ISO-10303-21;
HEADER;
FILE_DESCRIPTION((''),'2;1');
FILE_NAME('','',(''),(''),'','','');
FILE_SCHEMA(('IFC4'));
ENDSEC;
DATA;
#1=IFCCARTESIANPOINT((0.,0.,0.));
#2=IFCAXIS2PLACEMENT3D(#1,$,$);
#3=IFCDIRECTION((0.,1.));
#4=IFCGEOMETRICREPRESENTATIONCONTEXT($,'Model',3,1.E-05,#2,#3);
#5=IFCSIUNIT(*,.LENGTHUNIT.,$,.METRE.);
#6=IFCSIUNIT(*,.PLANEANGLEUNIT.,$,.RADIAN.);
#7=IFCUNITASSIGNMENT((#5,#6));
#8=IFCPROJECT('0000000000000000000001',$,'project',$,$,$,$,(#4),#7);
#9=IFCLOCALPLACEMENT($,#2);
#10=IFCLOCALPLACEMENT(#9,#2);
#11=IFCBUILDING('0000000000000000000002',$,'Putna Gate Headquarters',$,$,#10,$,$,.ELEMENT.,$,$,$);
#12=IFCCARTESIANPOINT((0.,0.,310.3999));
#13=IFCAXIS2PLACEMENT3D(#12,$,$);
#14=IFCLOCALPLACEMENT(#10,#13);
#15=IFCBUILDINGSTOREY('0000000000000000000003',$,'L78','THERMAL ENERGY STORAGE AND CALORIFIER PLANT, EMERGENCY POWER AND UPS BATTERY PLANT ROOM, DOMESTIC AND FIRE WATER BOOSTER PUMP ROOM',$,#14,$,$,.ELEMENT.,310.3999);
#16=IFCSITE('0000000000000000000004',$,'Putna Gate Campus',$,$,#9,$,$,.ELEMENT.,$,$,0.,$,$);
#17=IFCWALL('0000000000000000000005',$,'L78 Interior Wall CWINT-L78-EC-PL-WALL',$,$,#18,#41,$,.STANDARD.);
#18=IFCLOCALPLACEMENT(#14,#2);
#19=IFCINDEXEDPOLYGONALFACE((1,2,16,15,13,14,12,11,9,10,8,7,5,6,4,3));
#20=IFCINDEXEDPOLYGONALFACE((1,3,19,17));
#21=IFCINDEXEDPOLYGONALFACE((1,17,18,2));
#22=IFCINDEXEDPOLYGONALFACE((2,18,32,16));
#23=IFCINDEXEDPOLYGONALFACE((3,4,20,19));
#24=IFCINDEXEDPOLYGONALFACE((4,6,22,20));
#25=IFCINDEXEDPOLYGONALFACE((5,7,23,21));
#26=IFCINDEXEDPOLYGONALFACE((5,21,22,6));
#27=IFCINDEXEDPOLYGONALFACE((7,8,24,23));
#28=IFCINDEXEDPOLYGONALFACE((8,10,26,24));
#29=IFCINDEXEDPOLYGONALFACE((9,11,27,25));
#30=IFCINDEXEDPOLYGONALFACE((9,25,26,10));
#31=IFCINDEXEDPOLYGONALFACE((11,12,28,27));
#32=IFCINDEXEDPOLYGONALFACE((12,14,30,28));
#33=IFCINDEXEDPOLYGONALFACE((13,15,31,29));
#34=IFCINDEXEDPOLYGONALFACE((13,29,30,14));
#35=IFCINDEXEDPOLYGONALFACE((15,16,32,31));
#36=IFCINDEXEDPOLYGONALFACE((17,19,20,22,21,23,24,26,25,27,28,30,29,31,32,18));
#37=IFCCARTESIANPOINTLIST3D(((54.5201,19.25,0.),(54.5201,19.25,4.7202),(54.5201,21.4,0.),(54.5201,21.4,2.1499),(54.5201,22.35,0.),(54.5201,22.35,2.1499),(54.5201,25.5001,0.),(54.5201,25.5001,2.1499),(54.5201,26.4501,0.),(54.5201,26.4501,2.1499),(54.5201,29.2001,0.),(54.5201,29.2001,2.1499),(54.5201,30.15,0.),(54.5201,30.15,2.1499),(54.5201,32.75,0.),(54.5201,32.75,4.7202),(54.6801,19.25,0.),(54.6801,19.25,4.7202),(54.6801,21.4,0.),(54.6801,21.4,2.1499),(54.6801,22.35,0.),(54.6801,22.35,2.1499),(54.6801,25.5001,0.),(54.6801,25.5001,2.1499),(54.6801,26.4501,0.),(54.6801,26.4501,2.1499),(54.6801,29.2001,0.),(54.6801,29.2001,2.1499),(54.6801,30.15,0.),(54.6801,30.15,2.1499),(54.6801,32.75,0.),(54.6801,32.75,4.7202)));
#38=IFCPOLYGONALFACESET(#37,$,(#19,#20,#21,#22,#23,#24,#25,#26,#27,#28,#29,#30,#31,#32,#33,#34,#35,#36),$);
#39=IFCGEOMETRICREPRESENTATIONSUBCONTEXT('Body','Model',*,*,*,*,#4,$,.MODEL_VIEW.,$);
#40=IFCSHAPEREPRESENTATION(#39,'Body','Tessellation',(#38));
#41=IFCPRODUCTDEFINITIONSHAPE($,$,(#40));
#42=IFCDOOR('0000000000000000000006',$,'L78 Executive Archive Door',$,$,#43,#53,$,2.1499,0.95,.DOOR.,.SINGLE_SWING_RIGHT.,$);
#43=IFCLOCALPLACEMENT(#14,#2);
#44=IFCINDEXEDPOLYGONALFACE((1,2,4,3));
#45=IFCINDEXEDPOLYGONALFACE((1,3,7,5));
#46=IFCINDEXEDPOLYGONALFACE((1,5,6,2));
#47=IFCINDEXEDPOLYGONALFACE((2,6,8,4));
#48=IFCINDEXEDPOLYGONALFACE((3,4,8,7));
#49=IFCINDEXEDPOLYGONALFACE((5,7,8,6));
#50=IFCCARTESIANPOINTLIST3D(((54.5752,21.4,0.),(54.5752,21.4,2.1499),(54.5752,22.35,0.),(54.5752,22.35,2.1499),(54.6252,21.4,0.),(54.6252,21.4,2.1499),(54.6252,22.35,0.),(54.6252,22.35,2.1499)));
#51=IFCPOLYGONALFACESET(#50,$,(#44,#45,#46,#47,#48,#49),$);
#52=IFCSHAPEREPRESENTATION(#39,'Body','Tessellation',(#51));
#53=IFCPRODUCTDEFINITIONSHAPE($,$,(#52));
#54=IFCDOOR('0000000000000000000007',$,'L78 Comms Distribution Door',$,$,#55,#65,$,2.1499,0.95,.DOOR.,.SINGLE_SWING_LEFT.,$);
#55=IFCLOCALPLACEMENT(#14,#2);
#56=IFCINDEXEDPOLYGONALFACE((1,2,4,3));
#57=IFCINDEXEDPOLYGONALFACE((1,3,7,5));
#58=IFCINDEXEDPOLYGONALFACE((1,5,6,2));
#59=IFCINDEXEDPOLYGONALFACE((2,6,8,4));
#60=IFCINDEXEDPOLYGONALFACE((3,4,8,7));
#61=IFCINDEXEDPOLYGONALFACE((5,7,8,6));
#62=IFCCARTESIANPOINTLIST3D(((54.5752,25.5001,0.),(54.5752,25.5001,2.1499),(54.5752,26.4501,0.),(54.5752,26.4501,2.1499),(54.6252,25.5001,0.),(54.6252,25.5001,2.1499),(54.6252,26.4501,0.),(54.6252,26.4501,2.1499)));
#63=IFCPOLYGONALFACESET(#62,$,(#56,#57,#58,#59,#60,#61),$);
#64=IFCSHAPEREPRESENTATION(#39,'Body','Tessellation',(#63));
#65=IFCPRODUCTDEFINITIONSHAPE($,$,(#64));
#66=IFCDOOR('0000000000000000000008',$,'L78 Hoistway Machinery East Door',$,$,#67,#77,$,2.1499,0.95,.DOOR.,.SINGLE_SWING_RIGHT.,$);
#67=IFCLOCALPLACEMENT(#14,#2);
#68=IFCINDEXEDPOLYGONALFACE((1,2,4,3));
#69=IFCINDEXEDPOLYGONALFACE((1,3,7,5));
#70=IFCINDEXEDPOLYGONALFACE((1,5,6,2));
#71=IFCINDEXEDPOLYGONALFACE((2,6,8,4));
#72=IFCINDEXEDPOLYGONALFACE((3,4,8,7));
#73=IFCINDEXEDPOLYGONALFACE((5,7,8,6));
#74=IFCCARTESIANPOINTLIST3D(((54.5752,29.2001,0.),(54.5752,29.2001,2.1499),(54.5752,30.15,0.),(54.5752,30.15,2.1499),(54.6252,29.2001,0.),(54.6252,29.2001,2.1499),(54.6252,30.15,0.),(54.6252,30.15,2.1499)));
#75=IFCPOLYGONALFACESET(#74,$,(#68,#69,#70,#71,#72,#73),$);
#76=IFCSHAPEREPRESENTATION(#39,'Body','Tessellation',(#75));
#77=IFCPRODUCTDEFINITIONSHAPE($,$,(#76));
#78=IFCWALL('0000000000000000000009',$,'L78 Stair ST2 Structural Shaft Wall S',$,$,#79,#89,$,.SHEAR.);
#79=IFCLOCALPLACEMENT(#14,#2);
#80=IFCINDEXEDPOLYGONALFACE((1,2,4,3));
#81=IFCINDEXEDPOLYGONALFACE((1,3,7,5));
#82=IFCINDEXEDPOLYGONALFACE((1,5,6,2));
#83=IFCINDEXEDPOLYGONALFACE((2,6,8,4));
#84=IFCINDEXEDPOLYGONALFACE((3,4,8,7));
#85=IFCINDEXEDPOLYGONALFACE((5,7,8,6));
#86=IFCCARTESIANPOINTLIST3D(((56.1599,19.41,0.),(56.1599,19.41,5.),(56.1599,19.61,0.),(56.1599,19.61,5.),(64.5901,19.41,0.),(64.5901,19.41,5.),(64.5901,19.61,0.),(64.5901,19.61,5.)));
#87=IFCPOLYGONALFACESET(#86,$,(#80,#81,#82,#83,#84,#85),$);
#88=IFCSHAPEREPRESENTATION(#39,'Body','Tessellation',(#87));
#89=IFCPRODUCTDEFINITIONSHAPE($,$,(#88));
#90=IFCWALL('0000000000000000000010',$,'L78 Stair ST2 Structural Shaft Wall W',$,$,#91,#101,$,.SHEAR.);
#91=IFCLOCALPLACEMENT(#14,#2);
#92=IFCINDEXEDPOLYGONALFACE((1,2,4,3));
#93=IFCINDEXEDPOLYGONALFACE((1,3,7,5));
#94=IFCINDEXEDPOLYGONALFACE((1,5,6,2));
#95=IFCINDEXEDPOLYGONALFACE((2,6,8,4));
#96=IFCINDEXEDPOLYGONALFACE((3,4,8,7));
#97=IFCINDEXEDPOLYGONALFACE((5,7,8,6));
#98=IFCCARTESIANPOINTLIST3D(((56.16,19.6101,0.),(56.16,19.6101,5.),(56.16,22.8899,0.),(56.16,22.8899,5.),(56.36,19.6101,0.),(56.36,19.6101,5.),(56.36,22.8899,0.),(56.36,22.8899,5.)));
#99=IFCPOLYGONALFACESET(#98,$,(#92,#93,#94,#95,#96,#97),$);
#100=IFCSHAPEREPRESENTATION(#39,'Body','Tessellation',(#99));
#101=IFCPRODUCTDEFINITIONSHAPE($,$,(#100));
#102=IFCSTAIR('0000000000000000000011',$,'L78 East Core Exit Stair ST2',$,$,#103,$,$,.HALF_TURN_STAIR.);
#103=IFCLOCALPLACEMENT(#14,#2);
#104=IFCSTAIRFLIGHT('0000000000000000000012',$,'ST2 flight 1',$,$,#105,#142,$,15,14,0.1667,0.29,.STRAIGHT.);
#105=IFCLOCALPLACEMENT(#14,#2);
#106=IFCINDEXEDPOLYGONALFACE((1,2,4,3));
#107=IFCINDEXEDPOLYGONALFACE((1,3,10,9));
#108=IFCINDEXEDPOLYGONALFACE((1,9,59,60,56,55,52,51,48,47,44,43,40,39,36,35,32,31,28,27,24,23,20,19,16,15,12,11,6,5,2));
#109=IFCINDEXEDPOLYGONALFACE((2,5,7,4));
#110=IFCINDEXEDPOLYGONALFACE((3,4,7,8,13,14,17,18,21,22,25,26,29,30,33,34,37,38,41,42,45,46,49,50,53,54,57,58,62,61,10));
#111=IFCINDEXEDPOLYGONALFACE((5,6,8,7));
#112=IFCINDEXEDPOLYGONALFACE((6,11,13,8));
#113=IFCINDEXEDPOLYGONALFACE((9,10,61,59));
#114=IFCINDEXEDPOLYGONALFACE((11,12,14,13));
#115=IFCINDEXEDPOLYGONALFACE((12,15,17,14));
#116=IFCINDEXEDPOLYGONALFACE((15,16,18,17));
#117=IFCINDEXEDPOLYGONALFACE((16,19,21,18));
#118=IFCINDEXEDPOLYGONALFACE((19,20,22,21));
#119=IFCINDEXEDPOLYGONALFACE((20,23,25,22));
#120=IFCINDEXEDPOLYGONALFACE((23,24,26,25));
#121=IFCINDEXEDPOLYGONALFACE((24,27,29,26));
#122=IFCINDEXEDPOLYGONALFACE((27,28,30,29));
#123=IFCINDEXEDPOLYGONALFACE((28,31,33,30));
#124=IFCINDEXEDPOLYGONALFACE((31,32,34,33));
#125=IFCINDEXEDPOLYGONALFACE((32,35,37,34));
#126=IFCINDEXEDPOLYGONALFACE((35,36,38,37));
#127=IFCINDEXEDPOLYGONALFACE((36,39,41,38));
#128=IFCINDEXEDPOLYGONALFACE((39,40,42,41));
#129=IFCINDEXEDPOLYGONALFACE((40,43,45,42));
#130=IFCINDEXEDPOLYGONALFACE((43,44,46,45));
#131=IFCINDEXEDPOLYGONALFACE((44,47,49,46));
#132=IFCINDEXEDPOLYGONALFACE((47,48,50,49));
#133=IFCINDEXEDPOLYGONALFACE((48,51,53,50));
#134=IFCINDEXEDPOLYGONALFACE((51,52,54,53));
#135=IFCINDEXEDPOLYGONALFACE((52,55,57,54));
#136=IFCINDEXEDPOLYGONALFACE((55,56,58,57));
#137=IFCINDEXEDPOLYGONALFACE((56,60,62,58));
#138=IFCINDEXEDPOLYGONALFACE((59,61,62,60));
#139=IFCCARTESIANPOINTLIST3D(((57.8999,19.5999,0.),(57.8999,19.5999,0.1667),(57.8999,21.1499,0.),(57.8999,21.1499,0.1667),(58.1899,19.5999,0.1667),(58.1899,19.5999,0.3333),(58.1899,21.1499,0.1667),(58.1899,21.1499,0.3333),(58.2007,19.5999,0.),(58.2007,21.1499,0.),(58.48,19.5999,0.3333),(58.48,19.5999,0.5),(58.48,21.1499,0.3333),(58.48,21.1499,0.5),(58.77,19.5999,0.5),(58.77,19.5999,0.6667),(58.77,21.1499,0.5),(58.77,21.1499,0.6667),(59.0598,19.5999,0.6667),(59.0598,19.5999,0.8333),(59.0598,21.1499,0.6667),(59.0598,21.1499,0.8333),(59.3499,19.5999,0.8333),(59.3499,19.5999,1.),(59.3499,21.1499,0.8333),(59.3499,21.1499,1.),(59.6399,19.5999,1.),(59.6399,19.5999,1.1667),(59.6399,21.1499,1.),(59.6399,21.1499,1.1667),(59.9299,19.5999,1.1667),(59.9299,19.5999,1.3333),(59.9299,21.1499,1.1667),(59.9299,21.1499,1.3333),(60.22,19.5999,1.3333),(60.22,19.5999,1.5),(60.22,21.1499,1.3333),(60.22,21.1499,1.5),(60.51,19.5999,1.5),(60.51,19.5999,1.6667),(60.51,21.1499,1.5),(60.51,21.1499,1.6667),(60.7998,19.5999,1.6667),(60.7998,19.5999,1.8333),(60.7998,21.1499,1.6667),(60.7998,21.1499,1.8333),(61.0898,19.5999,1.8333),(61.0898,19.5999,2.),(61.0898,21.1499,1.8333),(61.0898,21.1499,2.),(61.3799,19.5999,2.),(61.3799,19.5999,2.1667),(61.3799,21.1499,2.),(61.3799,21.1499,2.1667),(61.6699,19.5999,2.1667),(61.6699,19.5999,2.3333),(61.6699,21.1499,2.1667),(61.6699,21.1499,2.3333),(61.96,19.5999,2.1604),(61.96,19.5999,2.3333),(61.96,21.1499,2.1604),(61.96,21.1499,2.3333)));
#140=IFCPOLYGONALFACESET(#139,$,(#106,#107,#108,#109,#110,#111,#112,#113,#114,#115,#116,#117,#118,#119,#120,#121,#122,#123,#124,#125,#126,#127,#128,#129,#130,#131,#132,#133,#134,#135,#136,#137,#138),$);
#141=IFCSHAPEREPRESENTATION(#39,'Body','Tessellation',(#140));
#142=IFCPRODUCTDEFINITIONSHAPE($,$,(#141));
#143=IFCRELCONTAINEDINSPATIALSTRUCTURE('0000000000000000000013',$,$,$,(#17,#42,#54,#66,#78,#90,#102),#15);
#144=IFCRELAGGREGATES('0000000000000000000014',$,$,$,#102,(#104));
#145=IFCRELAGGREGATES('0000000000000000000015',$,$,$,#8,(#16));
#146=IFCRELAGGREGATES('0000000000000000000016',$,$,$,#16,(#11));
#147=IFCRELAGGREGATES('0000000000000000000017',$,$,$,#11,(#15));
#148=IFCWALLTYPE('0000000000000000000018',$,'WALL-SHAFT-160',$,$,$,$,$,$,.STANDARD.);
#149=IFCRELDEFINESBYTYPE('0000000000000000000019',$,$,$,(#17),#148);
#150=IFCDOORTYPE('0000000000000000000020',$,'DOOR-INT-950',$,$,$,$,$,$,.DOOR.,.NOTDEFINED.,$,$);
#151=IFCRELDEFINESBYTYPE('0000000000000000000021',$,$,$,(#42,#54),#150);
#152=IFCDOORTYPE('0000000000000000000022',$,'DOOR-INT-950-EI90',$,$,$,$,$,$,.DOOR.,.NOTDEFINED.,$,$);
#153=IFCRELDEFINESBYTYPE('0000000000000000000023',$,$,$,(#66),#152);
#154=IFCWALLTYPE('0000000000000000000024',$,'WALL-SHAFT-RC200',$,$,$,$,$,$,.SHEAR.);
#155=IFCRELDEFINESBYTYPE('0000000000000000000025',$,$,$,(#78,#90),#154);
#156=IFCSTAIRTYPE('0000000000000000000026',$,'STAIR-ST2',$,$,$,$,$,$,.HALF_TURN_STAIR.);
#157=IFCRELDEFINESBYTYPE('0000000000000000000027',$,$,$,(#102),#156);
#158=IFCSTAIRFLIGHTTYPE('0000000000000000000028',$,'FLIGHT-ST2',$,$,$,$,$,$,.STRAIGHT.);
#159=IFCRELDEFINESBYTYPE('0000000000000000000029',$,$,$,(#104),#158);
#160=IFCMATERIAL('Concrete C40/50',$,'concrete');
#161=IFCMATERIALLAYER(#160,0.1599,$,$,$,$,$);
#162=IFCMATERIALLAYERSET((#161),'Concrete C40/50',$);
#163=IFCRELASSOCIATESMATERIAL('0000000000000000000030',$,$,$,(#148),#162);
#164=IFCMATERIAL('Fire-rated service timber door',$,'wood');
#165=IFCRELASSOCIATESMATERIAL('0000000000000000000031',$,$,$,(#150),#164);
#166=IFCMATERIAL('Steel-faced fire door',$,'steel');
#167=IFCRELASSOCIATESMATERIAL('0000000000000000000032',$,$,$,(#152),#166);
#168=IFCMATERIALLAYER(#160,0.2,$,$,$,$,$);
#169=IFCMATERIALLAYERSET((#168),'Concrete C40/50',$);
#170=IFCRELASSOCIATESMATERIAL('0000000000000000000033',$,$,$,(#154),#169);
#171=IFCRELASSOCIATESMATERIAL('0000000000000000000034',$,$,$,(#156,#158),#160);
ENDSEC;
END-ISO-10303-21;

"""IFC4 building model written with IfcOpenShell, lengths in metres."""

from ifc_helpers import new_model, si_unit, direction, frame, frame_2d, origin, place, context, subcontext, project, spatial, polyline, rectangle, outline, extrude, material, layer, layer_set, type_object, element, fill, aggregate, save


model = new_model("IFC4")

# Units and contexts
model_context = context("Model", 3, precision=1e-05, world=origin(), true_north=direction((0.0, 1.0)))
body_context = subcontext(model_context, "Body", "Model", "MODEL_VIEW")
ifc_project = project(units=[si_unit("LENGTHUNIT", "METRE"), si_unit("PLANEANGLEUNIT", "RADIAN")], contexts=[model_context])

# Site, building, storey
site_placement = place(None, origin())
site = spatial("IfcSite", under=ifc_project, at=site_placement, Name="Putna Gate Campus", CompositionType="ELEMENT", RefElevation=0.0)
building_placement = place(site_placement, origin())
building = spatial("IfcBuilding", under=site, at=building_placement, Name="Putna Gate Headquarters", CompositionType="ELEMENT")
storey_placement = place(building_placement, frame((0.0, 0.0, 310.3999)))
storey = spatial("IfcBuildingStorey", under=building, at=storey_placement, Name="L78", Description="THERMAL ENERGY STORAGE AND CALORIFIER PLANT, EMERGENCY POWER AND UPS BATTERY PLANT ROOM, DOMESTIC AND FIRE WATER BOOSTER PUMP ROOM", CompositionType="ELEMENT", Elevation=310.3999)

# Wall, openings, doors
ifc_material_1 = material(Name="Concrete C40/50", Category="concrete")
ifc_layer_1 = layer(ifc_material_1, 0.1599)
ifc_layer_set_1 = layer_set([ifc_layer_1], Name="Concrete C40/50")
wall_type_1 = type_object("IfcWallType", Name="WALL-SHAFT-160", PredefinedType="STANDARD", material=ifc_layer_set_1)
wall_1_placement = place(storey_placement, frame((54.6001, 19.25, 0.0), z_axis=(0.0, 0.0, 1.0), x_axis=(0.0, 1.0, 0.0)))
wall_1 = element("IfcWall", 1, at=wall_1_placement, inside=storey, type_object=wall_type_1, Name="L78 Interior Wall CWINT-L78-EC-PL-WALL", PredefinedType="STANDARD", context=body_context, shape_type="SweptSolid", body=[
    extrude(rectangle(XDim=13.5, YDim=0.1599, at=frame_2d((6.75, 0.0))), origin(), (0.0, 0.0, 1.0), 4.7202),
])
opening_1_placement = place(wall_1_placement, frame((2.1499, 0.0, 0.0)))
opening_1 = element("IfcOpeningElement", 2, at=opening_1_placement, cuts=wall_1, PredefinedType="OPENING", context=body_context, shape_type="SweptSolid", body=[
    extrude(rectangle(XDim=0.95, YDim=2.1499, at=frame_2d((0.4751, 1.075))), frame((0.0, 0.0898, 0.0), z_axis=(0.0, -1.0, 0.0), x_axis=(1.0, 0.0, 0.0)), (0.0, 0.0, 1.0), 0.1799),
])
opening_2_placement = place(wall_1_placement, frame((6.25, 0.0, 0.0)))
opening_2 = element("IfcOpeningElement", 3, at=opening_2_placement, cuts=wall_1, PredefinedType="OPENING", context=body_context, shape_type="SweptSolid", body=[
    extrude(rectangle(XDim=0.95, YDim=2.1499, at=frame_2d((0.4751, 1.075))), frame((0.0, 0.0898, 0.0), z_axis=(0.0, -1.0, 0.0), x_axis=(1.0, 0.0, 0.0)), (0.0, 0.0, 1.0), 0.1799),
])
opening_3_placement = place(wall_1_placement, frame((9.95, 0.0, 0.0)))
opening_3 = element("IfcOpeningElement", 4, at=opening_3_placement, cuts=wall_1, PredefinedType="OPENING", context=body_context, shape_type="SweptSolid", body=[
    extrude(rectangle(XDim=0.95, YDim=2.1499, at=frame_2d((0.4751, 1.075))), frame((0.0, 0.0898, 0.0), z_axis=(0.0, -1.0, 0.0), x_axis=(1.0, 0.0, 0.0)), (0.0, 0.0, 1.0), 0.1799),
])
ifc_material_2 = material(Name="Fire-rated service timber door", Category="wood")
door_type_1 = type_object("IfcDoorType", Name="DOOR-INT-950", OperationType="NOTDEFINED", PredefinedType="DOOR", material=ifc_material_2)
door_1_placement = place(opening_1_placement, origin())
door_1 = element("IfcDoor", 5, at=door_1_placement, inside=storey, type_object=door_type_1, Name="L78 Executive Archive Door", OperationType="SINGLE_SWING_RIGHT", OverallHeight=2.1499, OverallWidth=0.95, PredefinedType="DOOR", context=body_context, shape_type="SweptSolid", body=[
    extrude(rectangle(XDim=0.95, YDim=2.1499, at=frame_2d((0.4751, 1.075))), frame((0.0, 0.0249, 0.0), z_axis=(0.0, -1.0, 0.0), x_axis=(1.0, 0.0, 0.0)), (0.0, 0.0, 1.0), 0.05),
])
fill(opening_1, door_1)
door_2_placement = place(opening_2_placement, origin())
door_2 = element("IfcDoor", 6, at=door_2_placement, inside=storey, type_object=door_type_1, Name="L78 Comms Distribution Door", OperationType="SINGLE_SWING_LEFT", OverallHeight=2.1499, OverallWidth=0.95, PredefinedType="DOOR", context=body_context, shape_type="SweptSolid", body=[
    extrude(rectangle(XDim=0.95, YDim=2.1499, at=frame_2d((0.4751, 1.075))), frame((0.0, 0.0249, 0.0), z_axis=(0.0, -1.0, 0.0), x_axis=(1.0, 0.0, 0.0)), (0.0, 0.0, 1.0), 0.05),
])
fill(opening_2, door_2)
ifc_material_3 = material(Name="Steel-faced fire door", Category="steel")
door_type_2 = type_object("IfcDoorType", Name="DOOR-INT-950-EI90", OperationType="NOTDEFINED", PredefinedType="DOOR", material=ifc_material_3)
door_3_placement = place(opening_3_placement, origin())
door_3 = element("IfcDoor", 7, at=door_3_placement, inside=storey, type_object=door_type_2, Name="L78 Hoistway Machinery East Door", OperationType="SINGLE_SWING_RIGHT", OverallHeight=2.1499, OverallWidth=0.95, PredefinedType="DOOR", context=body_context, shape_type="SweptSolid", body=[
    extrude(rectangle(XDim=0.95, YDim=2.1499, at=frame_2d((0.4751, 1.075))), frame((0.0, 0.0249, 0.0), z_axis=(0.0, -1.0, 0.0), x_axis=(1.0, 0.0, 0.0)), (0.0, 0.0, 1.0), 0.05),
])
fill(opening_3, door_3)

# Walls
ifc_layer_2 = layer(ifc_material_1, 0.2)
ifc_layer_set_2 = layer_set([ifc_layer_2], Name="Concrete C40/50")
wall_type_2 = type_object("IfcWallType", Name="WALL-SHAFT-RC200", PredefinedType="SHEAR", material=ifc_layer_set_2)
wall_2_placement = place(storey_placement, frame((56.1599, 19.51, 0.0), z_axis=(0.0, 0.0, 1.0), x_axis=(1.0, 0.0, 0.0)))
element("IfcWall", 8, at=wall_2_placement, inside=storey, type_object=wall_type_2, Name="L78 Stair ST2 Structural Shaft Wall S", PredefinedType="SHEAR", context=body_context, shape_type="SweptSolid", body=[
    extrude(rectangle(XDim=8.4302, YDim=0.2, at=frame_2d((4.2151, 0.0))), origin(), (0.0, 0.0, 1.0), 5.0),
])
wall_3_placement = place(storey_placement, frame((56.26, 19.6101, 0.0), z_axis=(0.0, 0.0, 1.0), x_axis=(0.0, 1.0, 0.0)))
element("IfcWall", 9, at=wall_3_placement, inside=storey, type_object=wall_type_2, Name="L78 Stair ST2 Structural Shaft Wall W", PredefinedType="SHEAR", context=body_context, shape_type="SweptSolid", body=[
    extrude(rectangle(XDim=3.2798, YDim=0.2, at=frame_2d((1.6399, 0.0))), origin(), (0.0, 0.0, 1.0), 5.0),
])

# Stair, stair flight
stair_type = type_object("IfcStairType", Name="STAIR-ST2", PredefinedType="HALF_TURN_STAIR", material=ifc_material_1)
stair_placement = place(storey_placement, origin())
stair = element("IfcStair", 10, at=stair_placement, inside=storey, type_object=stair_type, Name="L78 East Core Exit Stair ST2", PredefinedType="HALF_TURN_STAIR")
stair_flight_type = type_object("IfcStairFlightType", Name="FLIGHT-ST2", PredefinedType="STRAIGHT", material=ifc_material_1)
stair_flight_placement = place(storey_placement, frame((57.8999, 20.375, 0.0), z_axis=(0.0, 0.0, 1.0), x_axis=(1.0, 0.0, 0.0)))
stair_flight = element("IfcStairFlight", 11, at=stair_flight_placement, type_object=stair_flight_type, Name="ST2 flight 1", NumberOfRisers=15, NumberOfTreads=14, PredefinedType="STRAIGHT", RiserHeight=0.1667, TreadLength=0.29, context=body_context, shape_type="SweptSolid", body=[
    extrude(outline(polyline([(0.0, 0.0), (0.0, 0.1667), (0.29, 0.1667), (0.29, 0.3333), (0.5801, 0.3333), (0.5801, 0.5), (0.8701, 0.5), (0.8701, 0.6667), (1.1599, 0.6667), (1.1599, 0.8333), (1.45, 0.8333), (1.45, 1.0), (1.74, 1.0), (1.74, 1.1667), (2.03, 1.1667), (2.03, 1.3333), (2.3201, 1.3333), (2.3201, 1.5), (2.6101, 1.5), (2.6101, 1.6667), (2.8999, 1.6667), (2.8999, 1.8333), (3.1899, 1.8333), (3.1899, 2.0), (3.48, 2.0), (3.48, 2.1667), (3.77, 2.1667), (3.77, 2.3333), (4.0601, 2.3333), (4.0601, 2.5), (4.0601, 2.1604), (0.3008, 0.0), (0.0, 0.0)])), frame((0.0, 0.7749, 0.0), z_axis=(0.0, -1.0, 0.0), x_axis=(1.0, 0.0, 0.0)), (0.0, 0.0, 1.0), 1.55),
])
aggregate(stair, [stair_flight])

save(model, "model.ifc")
